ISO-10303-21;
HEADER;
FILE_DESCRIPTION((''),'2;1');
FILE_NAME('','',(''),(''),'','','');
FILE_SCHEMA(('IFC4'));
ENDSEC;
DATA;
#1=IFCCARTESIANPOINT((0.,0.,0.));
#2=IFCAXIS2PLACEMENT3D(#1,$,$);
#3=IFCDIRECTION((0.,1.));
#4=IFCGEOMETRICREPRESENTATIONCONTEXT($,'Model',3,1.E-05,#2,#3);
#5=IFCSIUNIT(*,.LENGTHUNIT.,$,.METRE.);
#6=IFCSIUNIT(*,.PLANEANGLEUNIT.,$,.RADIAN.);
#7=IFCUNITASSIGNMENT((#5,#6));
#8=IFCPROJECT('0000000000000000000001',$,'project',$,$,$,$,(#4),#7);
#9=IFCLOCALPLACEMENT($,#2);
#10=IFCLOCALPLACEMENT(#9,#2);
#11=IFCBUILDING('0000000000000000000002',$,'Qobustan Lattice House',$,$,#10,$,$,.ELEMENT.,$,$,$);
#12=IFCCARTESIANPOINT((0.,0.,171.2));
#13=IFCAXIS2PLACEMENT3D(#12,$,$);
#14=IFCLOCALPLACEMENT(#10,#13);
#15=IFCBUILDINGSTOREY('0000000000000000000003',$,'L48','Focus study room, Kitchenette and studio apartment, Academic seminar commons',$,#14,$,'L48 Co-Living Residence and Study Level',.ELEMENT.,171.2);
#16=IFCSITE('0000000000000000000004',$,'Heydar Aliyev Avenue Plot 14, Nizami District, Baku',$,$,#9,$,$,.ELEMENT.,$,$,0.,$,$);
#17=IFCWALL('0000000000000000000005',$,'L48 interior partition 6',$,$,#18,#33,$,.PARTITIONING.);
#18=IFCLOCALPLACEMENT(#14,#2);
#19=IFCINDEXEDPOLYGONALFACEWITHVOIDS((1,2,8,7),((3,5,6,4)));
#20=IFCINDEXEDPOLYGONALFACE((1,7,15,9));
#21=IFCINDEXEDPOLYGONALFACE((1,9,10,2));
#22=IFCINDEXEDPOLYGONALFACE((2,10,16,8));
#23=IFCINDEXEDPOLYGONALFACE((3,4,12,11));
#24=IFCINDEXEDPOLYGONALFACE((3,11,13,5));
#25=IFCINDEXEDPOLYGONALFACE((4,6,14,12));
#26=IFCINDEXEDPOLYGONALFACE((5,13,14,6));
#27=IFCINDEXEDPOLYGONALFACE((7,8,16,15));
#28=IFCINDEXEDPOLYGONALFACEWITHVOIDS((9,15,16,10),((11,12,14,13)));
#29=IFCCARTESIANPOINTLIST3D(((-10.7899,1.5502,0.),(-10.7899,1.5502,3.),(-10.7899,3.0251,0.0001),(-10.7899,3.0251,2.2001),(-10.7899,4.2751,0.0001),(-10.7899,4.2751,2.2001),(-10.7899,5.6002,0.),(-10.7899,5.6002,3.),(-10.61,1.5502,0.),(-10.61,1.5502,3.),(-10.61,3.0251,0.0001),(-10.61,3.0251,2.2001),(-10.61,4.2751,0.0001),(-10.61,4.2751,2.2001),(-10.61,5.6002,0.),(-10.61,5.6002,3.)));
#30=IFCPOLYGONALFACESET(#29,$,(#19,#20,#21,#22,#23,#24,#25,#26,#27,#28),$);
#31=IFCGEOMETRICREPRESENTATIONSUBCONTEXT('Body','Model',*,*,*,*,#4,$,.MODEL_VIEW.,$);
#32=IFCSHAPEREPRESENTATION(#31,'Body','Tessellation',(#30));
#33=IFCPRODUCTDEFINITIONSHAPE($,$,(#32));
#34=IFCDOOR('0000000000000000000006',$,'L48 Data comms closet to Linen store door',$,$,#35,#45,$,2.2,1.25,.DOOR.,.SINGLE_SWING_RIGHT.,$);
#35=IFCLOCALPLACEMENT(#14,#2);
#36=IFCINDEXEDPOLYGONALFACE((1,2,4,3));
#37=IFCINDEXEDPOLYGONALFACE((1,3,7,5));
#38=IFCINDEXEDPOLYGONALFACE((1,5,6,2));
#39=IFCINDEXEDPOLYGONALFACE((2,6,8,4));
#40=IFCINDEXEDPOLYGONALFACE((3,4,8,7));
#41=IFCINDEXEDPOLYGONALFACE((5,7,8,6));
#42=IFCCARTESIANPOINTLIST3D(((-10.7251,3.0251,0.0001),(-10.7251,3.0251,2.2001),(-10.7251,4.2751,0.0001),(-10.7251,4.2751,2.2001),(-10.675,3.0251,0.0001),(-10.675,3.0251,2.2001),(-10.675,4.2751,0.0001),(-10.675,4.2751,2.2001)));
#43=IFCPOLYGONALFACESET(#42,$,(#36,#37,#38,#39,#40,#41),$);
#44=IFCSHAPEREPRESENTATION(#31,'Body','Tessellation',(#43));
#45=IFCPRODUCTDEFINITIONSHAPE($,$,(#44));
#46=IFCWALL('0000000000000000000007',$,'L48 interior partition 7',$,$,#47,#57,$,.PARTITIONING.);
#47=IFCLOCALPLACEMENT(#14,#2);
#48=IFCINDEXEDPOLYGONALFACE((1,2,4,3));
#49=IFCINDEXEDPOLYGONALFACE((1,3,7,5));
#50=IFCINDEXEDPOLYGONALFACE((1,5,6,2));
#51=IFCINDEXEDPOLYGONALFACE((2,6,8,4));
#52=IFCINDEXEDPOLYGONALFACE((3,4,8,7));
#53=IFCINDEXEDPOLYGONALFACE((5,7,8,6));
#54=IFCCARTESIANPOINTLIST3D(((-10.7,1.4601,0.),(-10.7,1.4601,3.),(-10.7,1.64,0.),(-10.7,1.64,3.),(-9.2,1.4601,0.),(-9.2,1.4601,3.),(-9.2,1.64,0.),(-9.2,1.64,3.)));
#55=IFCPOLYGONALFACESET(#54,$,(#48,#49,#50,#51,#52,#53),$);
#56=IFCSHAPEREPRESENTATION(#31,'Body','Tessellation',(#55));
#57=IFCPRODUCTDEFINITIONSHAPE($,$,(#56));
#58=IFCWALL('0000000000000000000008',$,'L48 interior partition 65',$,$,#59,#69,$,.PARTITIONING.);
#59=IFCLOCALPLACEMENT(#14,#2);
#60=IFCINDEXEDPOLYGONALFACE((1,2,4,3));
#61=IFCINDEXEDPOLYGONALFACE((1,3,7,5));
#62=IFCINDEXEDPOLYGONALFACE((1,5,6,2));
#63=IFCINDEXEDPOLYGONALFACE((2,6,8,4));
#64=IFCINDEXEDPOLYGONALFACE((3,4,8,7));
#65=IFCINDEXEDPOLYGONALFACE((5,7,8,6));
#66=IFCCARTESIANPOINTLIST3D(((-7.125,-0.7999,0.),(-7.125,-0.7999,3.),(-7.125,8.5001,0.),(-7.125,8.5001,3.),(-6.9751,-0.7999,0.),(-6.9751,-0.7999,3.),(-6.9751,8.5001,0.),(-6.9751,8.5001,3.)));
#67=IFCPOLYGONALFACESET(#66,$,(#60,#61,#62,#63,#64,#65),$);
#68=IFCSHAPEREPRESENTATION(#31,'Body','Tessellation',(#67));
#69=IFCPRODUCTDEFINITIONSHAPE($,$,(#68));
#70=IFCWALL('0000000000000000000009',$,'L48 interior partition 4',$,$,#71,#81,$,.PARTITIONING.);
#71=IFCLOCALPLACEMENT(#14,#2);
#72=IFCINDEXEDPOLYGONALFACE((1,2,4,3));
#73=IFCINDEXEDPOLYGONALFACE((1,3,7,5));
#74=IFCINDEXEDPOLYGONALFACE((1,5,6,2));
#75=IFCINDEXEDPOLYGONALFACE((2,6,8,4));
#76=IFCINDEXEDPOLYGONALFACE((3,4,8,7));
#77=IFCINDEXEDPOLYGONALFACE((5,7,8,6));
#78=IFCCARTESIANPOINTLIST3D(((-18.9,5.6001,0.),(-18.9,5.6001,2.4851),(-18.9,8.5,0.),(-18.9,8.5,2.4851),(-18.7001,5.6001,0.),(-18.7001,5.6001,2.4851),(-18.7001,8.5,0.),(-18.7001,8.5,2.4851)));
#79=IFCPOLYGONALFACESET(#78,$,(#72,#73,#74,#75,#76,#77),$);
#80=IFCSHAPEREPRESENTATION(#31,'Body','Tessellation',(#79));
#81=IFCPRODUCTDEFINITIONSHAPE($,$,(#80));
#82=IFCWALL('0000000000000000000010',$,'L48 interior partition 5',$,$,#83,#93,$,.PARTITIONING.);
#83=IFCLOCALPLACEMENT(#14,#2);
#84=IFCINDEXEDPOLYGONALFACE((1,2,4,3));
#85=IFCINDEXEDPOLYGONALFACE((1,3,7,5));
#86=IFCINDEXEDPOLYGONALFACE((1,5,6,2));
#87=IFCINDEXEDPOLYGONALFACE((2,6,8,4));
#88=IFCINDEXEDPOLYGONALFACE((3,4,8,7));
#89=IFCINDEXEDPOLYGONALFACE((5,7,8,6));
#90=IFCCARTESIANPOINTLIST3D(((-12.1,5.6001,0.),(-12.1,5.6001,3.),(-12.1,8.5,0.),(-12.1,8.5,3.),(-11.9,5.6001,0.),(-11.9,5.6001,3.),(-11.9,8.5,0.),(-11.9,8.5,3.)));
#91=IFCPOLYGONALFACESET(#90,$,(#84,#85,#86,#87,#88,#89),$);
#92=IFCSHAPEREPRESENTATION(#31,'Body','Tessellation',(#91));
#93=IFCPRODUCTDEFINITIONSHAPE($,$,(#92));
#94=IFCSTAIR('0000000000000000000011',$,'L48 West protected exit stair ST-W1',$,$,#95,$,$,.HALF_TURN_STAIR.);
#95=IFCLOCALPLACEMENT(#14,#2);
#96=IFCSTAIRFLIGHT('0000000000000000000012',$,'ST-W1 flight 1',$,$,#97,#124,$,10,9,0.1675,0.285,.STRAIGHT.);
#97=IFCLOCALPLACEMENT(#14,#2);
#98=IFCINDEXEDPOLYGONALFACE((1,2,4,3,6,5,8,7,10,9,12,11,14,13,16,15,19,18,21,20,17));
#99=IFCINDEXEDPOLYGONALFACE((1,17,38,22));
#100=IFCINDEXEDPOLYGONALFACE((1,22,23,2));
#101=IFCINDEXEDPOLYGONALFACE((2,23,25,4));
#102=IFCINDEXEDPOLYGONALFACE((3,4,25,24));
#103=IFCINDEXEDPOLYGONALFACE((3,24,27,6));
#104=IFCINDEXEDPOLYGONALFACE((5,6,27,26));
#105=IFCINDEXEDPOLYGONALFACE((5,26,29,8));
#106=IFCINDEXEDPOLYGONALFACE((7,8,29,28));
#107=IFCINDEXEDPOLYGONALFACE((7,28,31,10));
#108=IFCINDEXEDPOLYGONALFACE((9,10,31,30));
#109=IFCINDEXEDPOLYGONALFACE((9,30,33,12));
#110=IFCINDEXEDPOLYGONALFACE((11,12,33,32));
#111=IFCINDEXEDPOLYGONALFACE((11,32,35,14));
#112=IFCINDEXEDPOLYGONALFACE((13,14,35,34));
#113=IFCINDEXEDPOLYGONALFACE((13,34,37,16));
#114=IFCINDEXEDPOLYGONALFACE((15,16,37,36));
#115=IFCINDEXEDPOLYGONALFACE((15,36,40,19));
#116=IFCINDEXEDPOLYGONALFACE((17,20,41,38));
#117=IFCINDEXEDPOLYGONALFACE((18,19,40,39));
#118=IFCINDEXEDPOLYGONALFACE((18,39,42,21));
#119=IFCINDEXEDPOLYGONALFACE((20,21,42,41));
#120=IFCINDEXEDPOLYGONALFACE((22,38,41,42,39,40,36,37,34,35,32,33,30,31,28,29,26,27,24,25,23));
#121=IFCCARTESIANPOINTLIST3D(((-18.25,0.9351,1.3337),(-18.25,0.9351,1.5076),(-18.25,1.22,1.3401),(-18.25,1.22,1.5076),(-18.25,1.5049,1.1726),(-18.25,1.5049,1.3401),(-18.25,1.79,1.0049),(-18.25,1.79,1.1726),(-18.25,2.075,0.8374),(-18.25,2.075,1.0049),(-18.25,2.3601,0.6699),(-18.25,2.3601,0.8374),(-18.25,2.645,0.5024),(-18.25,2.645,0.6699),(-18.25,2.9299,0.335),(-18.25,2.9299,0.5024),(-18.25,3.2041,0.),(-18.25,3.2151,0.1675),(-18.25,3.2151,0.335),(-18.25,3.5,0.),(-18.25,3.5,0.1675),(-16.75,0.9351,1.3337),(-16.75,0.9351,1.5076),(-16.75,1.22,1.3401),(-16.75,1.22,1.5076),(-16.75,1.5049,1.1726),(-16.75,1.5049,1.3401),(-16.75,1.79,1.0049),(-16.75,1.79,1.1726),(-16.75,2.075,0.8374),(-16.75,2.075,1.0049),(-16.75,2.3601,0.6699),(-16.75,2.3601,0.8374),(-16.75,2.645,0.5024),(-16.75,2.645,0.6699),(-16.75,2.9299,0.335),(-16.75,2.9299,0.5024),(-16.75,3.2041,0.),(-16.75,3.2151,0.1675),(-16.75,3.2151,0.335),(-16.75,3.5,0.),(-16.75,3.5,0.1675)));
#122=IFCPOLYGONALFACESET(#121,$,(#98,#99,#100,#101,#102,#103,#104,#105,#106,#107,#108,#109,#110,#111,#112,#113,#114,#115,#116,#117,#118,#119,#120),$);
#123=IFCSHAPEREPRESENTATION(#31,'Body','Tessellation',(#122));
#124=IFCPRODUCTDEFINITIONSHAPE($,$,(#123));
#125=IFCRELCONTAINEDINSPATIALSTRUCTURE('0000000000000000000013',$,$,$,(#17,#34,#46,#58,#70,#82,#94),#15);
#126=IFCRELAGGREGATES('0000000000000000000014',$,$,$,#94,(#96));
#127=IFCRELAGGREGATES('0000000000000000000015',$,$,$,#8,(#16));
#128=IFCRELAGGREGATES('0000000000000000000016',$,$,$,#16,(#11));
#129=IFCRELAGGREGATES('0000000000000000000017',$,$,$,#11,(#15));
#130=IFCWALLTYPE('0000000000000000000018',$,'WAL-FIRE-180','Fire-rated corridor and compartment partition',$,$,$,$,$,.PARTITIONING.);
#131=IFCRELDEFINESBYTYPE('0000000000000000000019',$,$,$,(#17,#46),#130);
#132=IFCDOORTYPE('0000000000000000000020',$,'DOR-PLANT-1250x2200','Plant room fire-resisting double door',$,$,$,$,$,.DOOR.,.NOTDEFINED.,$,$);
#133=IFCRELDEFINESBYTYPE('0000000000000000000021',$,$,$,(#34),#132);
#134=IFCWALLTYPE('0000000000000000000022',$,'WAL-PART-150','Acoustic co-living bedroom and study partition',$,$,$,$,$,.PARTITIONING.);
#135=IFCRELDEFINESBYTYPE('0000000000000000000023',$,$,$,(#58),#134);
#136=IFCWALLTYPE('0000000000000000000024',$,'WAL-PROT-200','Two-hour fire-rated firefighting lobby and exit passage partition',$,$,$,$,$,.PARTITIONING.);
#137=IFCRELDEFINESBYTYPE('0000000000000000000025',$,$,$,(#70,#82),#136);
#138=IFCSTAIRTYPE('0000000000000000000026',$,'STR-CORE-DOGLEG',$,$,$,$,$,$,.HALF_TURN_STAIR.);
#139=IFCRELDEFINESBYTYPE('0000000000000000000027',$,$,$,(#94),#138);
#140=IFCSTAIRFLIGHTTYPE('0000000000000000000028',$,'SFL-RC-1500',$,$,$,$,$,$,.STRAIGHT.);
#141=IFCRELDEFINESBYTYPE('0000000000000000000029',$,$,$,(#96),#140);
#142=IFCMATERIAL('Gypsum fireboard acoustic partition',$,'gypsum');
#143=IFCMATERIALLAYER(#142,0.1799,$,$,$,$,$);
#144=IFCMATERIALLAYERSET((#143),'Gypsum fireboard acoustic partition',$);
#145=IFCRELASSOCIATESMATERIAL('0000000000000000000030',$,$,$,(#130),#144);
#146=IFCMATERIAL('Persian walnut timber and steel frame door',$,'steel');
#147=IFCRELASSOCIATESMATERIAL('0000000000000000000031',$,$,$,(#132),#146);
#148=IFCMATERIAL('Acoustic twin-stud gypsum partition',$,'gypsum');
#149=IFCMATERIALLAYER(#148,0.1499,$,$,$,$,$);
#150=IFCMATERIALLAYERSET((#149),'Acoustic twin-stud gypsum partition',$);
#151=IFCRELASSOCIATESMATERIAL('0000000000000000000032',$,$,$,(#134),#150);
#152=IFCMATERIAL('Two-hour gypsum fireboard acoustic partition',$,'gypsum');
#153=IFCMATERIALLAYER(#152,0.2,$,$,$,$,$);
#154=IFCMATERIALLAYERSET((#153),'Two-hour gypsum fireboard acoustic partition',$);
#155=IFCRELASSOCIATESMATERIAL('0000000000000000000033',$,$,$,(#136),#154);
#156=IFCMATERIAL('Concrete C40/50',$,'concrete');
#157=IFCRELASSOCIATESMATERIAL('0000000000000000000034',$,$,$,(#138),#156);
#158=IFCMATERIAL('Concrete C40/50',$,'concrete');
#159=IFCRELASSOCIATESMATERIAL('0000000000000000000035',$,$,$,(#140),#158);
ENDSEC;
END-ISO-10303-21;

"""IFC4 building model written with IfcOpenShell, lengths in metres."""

from ifc_helpers import new_model, si_unit, direction, frame, frame_2d, origin, place, context, subcontext, project, spatial, polyline, rectangle, outline, extrude, material, layer, layer_set, type_object, element, fill, aggregate, save


model = new_model("IFC4")

# Units and contexts
model_context = context("Model", 3, precision=1e-05, world=origin(), true_north=direction((0.0, 1.0)))
body_context = subcontext(model_context, "Body", "Model", "MODEL_VIEW")
ifc_project = project(units=[si_unit("LENGTHUNIT", "METRE"), si_unit("PLANEANGLEUNIT", "RADIAN")], contexts=[model_context])

# Site, building, storey
site_placement = place(None, origin())
site = spatial("IfcSite", under=ifc_project, at=site_placement, Name="Heydar Aliyev Avenue Plot 14, Nizami District, Baku", CompositionType="ELEMENT", RefElevation=0.0)
building_placement = place(site_placement, origin())
building = spatial("IfcBuilding", under=site, at=building_placement, Name="Qobustan Lattice House", CompositionType="ELEMENT")
storey_placement = place(building_placement, frame((0.0, 0.0, 171.2)))
storey = spatial("IfcBuildingStorey", under=building, at=storey_placement, Name="L48", Description="Focus study room, Kitchenette and studio apartment, Academic seminar commons", LongName="L48 Co-Living Residence and Study Level", CompositionType="ELEMENT", Elevation=171.2)

# Wall, opening, door
ifc_material_1 = material(Name="Gypsum fireboard acoustic partition", Category="gypsum")
ifc_layer_1 = layer(ifc_material_1, 0.1799)
ifc_layer_set_1 = layer_set([ifc_layer_1], Name="Gypsum fireboard acoustic partition")
wall_type_1 = type_object("IfcWallType", Name="WAL-FIRE-180", Description="Fire-rated corridor and compartment partition", PredefinedType="PARTITIONING", material=ifc_layer_set_1)
wall_1_placement = place(storey_placement, frame((-10.7, 5.6001, 0.0), z_axis=(0.0, 0.0, 1.0), x_axis=(0.0, -1.0, 0.0)))
wall_1 = element("IfcWall", 1, at=wall_1_placement, inside=storey, type_object=wall_type_1, Name="L48 interior partition 6", PredefinedType="PARTITIONING", context=body_context, shape_type="SweptSolid", body=[
    extrude(rectangle(XDim=4.05, YDim=0.1799, at=frame_2d((2.0249, 0.0))), origin(), (0.0, 0.0, 1.0), 3.0),
])
opening_1_placement = place(wall_1_placement, frame((1.325, 0.0, 0.0)))
opening_1 = element("IfcOpeningElement", 2, at=opening_1_placement, cuts=wall_1, PredefinedType="OPENING", context=body_context, shape_type="SweptSolid", body=[
    extrude(rectangle(XDim=1.25, YDim=2.2, at=frame_2d((0.625, 1.1001))), frame((0.0, 0.0999, 0.0), z_axis=(0.0, -1.0, 0.0), x_axis=(1.0, 0.0, 0.0)), (0.0, 0.0, 1.0), 0.2),
])
ifc_material_2 = material(Name="Persian walnut timber and steel frame door", Category="steel")
door_type_1 = type_object("IfcDoorType", Name="DOR-PLANT-1250x2200", Description="Plant room fire-resisting double door", OperationType="NOTDEFINED", PredefinedType="DOOR", material=ifc_material_2)
door_1_placement = place(opening_1_placement, origin())
door_1 = element("IfcDoor", 3, at=door_1_placement, inside=storey, type_object=door_type_1, Name="L48 Data comms closet to Linen store door", OperationType="SINGLE_SWING_RIGHT", OverallHeight=2.2, OverallWidth=1.25, PredefinedType="DOOR", context=body_context, shape_type="SweptSolid", body=[
    extrude(rectangle(XDim=1.25, YDim=2.2, at=frame_2d((0.625, 1.1001))), frame((0.0, 0.0249, 0.0), z_axis=(0.0, -1.0, 0.0), x_axis=(1.0, 0.0, 0.0)), (0.0, 0.0, 1.0), 0.05),
])
fill(opening_1, door_1)

# Wall
wall_2_placement = place(storey_placement, frame((-10.7, 1.55, 0.0), z_axis=(0.0, 0.0, 1.0), x_axis=(1.0, 0.0, 0.0)))
element("IfcWall", 4, at=wall_2_placement, inside=storey, type_object=wall_type_1, Name="L48 interior partition 7", PredefinedType="PARTITIONING", context=body_context, shape_type="SweptSolid", body=[
    extrude(rectangle(XDim=1.5, YDim=0.1799, at=frame_2d((0.75, 0.0))), origin(), (0.0, 0.0, 1.0), 3.0),
])

# Shared definitions
ifc_material_3 = material(Name="Acoustic twin-stud gypsum partition", Category="gypsum")
ifc_layer_2 = layer(ifc_material_3, 0.1499)
ifc_layer_set_2 = layer_set([ifc_layer_2], Name="Acoustic twin-stud gypsum partition")
wall_type_2 = type_object("IfcWallType", Name="WAL-PART-150", Description="Acoustic co-living bedroom and study partition", PredefinedType="PARTITIONING", material=ifc_layer_set_2)

# Wall
wall_3_placement = place(storey_placement, frame((-7.05, 8.5, 0.0), z_axis=(0.0, 0.0, 1.0), x_axis=(0.0, -1.0, 0.0)))
element("IfcWall", 5, at=wall_3_placement, inside=storey, type_object=wall_type_2, Name="L48 interior partition 65", PredefinedType="PARTITIONING", context=body_context, shape_type="SweptSolid", body=[
    extrude(rectangle(XDim=9.3, YDim=0.1499, at=frame_2d((4.6499, 0.0))), origin(), (0.0, 0.0, 1.0), 3.0),
])

# Shared definitions
ifc_material_4 = material(Name="Two-hour gypsum fireboard acoustic partition", Category="gypsum")
ifc_layer_3 = layer(ifc_material_4, 0.2)
ifc_layer_set_3 = layer_set([ifc_layer_3], Name="Two-hour gypsum fireboard acoustic partition")
wall_type_3 = type_object("IfcWallType", Name="WAL-PROT-200", Description="Two-hour fire-rated firefighting lobby and exit passage partition", PredefinedType="PARTITIONING", material=ifc_layer_set_3)

# Walls
wall_4_placement = place(storey_placement, frame((-18.8, 8.5, 0.0), z_axis=(0.0, 0.0, 1.0), x_axis=(0.0, -1.0, 0.0)))
element("IfcWall", 6, at=wall_4_placement, inside=storey, type_object=wall_type_3, Name="L48 interior partition 4", PredefinedType="PARTITIONING", context=body_context, shape_type="SweptSolid", body=[
    extrude(rectangle(XDim=2.8999, YDim=0.2, at=frame_2d((1.45, 0.0))), origin(), (0.0, 0.0, 1.0), 2.4851),
])
wall_5_placement = place(storey_placement, frame((-12.0, 5.6001, 0.0), z_axis=(0.0, 0.0, 1.0), x_axis=(0.0, 1.0, 0.0)))
element("IfcWall", 7, at=wall_5_placement, inside=storey, type_object=wall_type_3, Name="L48 interior partition 5", PredefinedType="PARTITIONING", context=body_context, shape_type="SweptSolid", body=[
    extrude(rectangle(XDim=2.8999, YDim=0.2, at=frame_2d((1.45, 0.0))), origin(), (0.0, 0.0, 1.0), 3.0),
])

# Stair, stair flight
ifc_material_5 = material(Name="Concrete C40/50", Category="concrete")
stair_type = type_object("IfcStairType", Name="STR-CORE-DOGLEG", PredefinedType="HALF_TURN_STAIR", material=ifc_material_5)
stair_placement = place(storey_placement, origin())
stair = element("IfcStair", 8, at=stair_placement, inside=storey, type_object=stair_type, Name="L48 West protected exit stair ST-W1", PredefinedType="HALF_TURN_STAIR")
ifc_material_6 = material(Name="Concrete C40/50", Category="concrete")
stair_flight_type = type_object("IfcStairFlightType", Name="SFL-RC-1500", PredefinedType="STRAIGHT", material=ifc_material_6)
stair_flight_placement = place(storey_placement, frame((-17.5, 3.5, 0.0), z_axis=(0.0, 0.0, 1.0), x_axis=(0.0, -1.0, 0.0)))
stair_flight = element("IfcStairFlight", 9, at=stair_flight_placement, type_object=stair_flight_type, Name="ST-W1 flight 1", NumberOfRisers=10, NumberOfTreads=9, PredefinedType="STRAIGHT", RiserHeight=0.1675, TreadLength=0.285, context=body_context, shape_type="SweptSolid", body=[
    extrude(outline(polyline([(0.0, 0.0), (0.0, 0.1675), (0.2849, 0.1675), (0.2849, 0.335), (0.5701, 0.335), (0.5701, 0.5024), (0.855, 0.5024), (0.855, 0.6699), (1.1399, 0.6699), (1.1399, 0.8374), (1.425, 0.8374), (1.425, 1.0049), (1.71, 1.0049), (1.71, 1.1726), (1.9951, 1.1726), (1.9951, 1.3401), (2.28, 1.3401), (2.28, 1.5076), (2.5649, 1.5076), (2.5649, 1.675), (2.5649, 1.3337), (0.2959, 0.0), (0.0, 0.0)])), frame((0.0, 0.75, 0.0), z_axis=(0.0, -1.0, 0.0), x_axis=(1.0, 0.0, 0.0)), (0.0, 0.0, 1.0), 1.5),
])
aggregate(stair, [stair_flight])

save(model, "model.ifc")
